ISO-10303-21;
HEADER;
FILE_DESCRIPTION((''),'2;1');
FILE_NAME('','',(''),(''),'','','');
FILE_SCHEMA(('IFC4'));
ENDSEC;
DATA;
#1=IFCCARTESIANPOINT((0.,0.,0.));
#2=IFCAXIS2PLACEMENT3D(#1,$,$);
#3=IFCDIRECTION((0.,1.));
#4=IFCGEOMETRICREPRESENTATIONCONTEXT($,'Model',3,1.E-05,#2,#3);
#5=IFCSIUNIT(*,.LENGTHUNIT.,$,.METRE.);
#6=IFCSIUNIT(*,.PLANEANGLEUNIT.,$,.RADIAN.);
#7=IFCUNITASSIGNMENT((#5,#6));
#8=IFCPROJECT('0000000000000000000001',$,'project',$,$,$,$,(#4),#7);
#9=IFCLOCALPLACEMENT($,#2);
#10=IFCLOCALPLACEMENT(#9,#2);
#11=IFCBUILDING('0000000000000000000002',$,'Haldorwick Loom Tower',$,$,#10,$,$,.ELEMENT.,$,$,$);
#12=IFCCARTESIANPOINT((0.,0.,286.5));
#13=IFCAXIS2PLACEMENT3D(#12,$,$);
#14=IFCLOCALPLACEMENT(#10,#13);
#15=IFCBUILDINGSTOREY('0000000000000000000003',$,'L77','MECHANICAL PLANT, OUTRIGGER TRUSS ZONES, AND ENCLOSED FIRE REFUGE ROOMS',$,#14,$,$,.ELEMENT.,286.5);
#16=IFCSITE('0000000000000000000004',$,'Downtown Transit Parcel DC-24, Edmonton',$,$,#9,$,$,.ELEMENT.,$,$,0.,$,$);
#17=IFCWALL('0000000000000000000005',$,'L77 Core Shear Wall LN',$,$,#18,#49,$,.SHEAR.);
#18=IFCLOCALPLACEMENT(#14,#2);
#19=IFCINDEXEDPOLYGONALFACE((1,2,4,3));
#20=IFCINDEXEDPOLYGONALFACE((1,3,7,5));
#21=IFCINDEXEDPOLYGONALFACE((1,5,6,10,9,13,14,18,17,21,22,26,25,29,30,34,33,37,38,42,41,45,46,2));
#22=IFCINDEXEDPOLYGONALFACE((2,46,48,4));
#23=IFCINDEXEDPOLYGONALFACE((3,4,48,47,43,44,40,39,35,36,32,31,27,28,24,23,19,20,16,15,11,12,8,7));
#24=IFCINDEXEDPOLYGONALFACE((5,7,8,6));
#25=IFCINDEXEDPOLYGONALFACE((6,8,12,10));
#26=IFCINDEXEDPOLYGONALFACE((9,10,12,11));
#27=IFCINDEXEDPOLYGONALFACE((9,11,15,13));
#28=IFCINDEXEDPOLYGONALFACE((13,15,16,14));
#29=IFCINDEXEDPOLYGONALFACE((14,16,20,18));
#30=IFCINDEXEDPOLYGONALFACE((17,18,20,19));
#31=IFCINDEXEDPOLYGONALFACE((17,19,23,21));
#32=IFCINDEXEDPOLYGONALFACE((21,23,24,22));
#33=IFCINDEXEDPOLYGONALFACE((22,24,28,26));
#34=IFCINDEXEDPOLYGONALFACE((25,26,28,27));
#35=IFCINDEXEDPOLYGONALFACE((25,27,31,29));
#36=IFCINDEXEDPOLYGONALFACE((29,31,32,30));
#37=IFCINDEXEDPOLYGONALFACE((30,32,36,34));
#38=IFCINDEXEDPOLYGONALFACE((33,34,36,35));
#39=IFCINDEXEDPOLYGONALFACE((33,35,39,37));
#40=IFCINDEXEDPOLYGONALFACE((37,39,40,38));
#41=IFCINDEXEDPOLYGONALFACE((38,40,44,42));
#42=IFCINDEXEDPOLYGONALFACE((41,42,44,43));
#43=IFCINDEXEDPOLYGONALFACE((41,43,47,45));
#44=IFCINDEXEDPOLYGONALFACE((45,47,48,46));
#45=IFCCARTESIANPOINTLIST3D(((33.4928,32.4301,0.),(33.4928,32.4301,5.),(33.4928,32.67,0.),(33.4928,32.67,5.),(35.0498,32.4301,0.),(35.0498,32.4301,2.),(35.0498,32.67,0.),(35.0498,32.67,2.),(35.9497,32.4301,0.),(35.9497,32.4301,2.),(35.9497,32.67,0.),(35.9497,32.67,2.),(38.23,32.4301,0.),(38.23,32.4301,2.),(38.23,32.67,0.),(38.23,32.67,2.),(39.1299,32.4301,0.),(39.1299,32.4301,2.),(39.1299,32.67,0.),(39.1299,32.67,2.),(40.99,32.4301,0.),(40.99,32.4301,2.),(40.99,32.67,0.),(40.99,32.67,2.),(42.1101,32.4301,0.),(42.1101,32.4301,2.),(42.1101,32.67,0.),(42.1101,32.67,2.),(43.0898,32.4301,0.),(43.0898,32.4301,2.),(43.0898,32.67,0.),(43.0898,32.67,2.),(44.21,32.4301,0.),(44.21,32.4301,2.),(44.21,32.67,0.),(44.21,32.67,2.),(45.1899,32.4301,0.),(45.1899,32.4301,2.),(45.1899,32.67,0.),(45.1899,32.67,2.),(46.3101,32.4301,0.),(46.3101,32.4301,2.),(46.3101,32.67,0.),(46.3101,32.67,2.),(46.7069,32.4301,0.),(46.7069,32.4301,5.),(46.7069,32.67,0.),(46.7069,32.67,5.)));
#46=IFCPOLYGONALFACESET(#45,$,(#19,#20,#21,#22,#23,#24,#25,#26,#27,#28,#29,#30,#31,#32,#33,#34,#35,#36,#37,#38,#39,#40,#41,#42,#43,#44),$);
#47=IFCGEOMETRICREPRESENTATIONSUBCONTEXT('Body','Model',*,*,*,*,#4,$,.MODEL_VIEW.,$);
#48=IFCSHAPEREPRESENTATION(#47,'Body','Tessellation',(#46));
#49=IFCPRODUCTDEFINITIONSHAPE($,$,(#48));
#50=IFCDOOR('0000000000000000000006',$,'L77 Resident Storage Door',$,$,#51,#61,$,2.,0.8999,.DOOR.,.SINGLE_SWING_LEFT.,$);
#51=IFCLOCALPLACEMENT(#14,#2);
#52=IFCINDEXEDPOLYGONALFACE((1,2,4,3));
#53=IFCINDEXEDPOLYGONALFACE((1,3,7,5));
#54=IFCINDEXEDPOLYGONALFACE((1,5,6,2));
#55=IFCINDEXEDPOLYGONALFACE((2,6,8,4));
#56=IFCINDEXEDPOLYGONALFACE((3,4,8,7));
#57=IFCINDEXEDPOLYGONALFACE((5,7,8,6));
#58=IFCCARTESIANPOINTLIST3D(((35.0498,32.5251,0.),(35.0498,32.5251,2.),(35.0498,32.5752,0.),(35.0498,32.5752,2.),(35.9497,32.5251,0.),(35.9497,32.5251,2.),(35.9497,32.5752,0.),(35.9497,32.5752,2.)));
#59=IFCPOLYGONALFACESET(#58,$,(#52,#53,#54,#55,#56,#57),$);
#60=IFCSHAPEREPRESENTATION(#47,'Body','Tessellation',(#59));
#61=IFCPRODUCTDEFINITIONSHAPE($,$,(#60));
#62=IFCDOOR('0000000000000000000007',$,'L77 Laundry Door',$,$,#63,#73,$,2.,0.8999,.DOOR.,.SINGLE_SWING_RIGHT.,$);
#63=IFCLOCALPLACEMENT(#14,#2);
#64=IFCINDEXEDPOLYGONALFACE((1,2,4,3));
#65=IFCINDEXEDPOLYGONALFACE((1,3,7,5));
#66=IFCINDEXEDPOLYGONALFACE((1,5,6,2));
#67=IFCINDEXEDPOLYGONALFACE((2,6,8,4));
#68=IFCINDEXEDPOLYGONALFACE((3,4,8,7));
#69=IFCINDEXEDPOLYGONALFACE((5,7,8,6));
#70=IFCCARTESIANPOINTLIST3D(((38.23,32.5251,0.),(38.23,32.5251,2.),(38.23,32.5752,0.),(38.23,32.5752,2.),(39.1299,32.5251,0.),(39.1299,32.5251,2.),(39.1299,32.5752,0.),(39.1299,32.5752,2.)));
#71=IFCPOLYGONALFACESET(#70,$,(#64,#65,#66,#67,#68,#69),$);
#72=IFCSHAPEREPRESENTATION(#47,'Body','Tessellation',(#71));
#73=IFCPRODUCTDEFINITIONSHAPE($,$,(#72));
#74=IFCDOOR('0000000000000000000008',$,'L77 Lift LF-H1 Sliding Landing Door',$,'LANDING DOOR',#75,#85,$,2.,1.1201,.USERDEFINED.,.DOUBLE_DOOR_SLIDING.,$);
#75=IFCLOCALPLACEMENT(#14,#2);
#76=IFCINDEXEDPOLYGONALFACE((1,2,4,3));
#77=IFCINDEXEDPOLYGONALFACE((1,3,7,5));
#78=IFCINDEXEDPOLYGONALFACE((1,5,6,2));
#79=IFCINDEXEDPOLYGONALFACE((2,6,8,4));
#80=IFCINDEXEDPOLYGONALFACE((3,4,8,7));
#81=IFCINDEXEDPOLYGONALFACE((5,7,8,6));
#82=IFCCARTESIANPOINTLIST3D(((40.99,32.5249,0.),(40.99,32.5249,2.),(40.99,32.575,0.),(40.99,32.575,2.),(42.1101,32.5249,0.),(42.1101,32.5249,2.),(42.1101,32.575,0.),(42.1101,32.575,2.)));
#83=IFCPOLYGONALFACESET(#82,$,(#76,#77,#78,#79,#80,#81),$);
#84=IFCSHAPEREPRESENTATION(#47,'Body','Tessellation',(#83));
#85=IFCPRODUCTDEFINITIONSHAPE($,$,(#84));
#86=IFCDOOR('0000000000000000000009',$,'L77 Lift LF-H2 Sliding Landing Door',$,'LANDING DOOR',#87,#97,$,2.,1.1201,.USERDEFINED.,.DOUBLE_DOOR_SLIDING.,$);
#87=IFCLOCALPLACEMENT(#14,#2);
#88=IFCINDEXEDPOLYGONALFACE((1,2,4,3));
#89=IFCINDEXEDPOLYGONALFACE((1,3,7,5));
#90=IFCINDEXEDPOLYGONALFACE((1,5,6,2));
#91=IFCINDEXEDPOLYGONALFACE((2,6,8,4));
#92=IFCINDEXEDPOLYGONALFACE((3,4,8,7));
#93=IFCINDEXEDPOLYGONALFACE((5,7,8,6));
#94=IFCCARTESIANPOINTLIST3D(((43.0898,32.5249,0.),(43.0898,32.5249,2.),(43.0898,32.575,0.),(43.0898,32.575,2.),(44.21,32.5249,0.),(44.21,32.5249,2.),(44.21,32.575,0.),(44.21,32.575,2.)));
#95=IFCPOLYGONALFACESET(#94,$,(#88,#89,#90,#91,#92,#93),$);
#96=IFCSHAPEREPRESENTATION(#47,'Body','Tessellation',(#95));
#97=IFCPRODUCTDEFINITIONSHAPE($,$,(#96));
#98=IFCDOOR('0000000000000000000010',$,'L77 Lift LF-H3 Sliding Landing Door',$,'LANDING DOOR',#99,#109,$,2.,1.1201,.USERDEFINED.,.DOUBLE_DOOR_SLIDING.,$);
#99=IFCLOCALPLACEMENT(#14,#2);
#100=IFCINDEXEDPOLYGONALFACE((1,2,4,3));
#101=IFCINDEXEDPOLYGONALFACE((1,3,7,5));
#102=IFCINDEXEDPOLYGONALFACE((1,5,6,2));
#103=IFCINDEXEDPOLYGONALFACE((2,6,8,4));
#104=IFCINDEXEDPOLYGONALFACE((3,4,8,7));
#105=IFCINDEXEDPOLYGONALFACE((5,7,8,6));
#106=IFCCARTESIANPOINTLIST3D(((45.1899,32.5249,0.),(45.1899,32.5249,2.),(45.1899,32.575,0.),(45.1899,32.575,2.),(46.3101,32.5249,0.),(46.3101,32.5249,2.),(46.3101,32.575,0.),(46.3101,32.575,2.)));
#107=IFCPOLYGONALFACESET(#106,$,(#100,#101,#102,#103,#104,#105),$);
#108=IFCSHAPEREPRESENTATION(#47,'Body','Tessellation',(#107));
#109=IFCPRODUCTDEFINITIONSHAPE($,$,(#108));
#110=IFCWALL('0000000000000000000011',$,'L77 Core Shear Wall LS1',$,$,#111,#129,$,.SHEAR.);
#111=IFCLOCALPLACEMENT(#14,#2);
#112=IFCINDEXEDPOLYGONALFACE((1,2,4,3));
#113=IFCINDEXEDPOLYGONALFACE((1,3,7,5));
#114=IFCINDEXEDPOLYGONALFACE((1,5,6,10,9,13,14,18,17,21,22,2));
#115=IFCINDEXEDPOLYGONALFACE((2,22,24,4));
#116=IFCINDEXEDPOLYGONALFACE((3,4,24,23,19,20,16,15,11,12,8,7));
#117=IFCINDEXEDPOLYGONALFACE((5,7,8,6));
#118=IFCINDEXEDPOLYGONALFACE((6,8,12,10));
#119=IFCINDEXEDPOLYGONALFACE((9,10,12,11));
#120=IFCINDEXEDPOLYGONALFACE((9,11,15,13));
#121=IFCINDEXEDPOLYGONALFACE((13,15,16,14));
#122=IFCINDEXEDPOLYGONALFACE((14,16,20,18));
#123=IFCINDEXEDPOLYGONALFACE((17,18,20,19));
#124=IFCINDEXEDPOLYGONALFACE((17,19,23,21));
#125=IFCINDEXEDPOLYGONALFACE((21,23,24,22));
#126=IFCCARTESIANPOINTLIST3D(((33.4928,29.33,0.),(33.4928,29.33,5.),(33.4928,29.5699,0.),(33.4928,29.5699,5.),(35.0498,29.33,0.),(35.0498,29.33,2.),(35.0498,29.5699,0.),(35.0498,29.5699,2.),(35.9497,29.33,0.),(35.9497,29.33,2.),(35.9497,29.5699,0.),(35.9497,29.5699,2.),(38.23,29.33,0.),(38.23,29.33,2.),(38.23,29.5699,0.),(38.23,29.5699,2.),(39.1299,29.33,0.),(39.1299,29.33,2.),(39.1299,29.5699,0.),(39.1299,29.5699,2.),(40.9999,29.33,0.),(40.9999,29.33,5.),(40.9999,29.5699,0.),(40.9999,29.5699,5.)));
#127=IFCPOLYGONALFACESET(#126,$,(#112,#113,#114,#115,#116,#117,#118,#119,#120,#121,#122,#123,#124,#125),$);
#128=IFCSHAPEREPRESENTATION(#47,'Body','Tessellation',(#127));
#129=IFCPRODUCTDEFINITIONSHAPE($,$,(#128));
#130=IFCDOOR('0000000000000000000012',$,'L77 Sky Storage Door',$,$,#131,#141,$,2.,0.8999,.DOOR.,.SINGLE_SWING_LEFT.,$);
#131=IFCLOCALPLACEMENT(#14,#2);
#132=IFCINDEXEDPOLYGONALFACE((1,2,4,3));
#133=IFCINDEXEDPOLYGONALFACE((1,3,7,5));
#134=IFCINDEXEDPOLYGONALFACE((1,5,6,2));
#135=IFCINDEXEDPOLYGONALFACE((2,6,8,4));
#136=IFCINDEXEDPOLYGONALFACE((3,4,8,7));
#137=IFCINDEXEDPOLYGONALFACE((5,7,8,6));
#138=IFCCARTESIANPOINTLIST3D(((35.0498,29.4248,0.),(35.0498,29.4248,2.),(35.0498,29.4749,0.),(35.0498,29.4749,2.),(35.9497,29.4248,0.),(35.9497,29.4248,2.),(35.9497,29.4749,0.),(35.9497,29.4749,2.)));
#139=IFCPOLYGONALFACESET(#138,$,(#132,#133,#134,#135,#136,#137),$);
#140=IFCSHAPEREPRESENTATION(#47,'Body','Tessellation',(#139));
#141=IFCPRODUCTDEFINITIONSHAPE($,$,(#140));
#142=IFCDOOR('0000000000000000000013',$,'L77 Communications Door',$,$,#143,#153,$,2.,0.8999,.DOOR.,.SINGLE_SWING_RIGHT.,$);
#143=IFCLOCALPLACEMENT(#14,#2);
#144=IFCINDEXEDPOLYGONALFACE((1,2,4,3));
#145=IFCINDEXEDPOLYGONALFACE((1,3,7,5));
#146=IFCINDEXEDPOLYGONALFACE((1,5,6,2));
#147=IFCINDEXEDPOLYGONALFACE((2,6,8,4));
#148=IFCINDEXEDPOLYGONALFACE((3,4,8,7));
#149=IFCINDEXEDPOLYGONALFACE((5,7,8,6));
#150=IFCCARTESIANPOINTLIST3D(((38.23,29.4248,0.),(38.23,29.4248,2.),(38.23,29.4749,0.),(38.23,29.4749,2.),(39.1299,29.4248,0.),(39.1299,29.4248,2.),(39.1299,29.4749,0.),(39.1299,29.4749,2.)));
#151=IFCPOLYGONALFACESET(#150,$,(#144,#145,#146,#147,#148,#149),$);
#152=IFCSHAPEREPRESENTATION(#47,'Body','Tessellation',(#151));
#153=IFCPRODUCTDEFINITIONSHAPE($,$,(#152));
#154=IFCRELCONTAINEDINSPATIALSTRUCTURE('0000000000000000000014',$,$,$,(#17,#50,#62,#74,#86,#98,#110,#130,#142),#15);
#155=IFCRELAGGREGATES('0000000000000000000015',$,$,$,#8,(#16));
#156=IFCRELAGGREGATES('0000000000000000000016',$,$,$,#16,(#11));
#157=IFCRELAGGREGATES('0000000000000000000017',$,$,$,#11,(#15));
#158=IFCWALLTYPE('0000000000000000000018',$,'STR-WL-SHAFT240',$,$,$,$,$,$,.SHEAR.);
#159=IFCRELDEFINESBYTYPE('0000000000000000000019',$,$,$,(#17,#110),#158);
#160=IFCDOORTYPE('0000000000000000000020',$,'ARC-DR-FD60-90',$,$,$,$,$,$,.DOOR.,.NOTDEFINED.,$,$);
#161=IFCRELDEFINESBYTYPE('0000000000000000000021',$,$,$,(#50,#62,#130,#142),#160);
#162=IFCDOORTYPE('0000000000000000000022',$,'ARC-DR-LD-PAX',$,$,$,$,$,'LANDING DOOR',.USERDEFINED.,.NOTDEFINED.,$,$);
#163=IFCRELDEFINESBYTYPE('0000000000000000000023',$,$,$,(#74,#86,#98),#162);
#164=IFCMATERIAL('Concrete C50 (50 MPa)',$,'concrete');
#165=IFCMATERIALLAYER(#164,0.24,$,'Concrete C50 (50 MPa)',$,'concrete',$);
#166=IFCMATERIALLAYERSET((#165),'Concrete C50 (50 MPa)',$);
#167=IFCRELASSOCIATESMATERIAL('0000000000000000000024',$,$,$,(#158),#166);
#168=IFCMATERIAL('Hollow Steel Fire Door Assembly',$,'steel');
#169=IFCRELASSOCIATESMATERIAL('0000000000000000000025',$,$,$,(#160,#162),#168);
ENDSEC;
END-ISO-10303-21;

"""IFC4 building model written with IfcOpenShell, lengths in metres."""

from ifc_helpers import new_model, si_unit, direction, frame, frame_2d, origin, place, context, subcontext, project, spatial, rectangle, extrude, material, layer, layer_set, type_object, element, fill, save


model = new_model("IFC4")

# Units and contexts
model_context = context("Model", 3, precision=1e-05, world=origin(), true_north=direction((0.0, 1.0)))
body_context = subcontext(model_context, "Body", "Model", "MODEL_VIEW")
ifc_project = project(units=[si_unit("LENGTHUNIT", "METRE"), si_unit("PLANEANGLEUNIT", "RADIAN")], contexts=[model_context])

# Site, building, storey
site_placement = place(None, origin())
site = spatial("IfcSite", under=ifc_project, at=site_placement, Name="Downtown Transit Parcel DC-24, Edmonton", CompositionType="ELEMENT", RefElevation=0.0)
building_placement = place(site_placement, origin())
building = spatial("IfcBuilding", under=site, at=building_placement, Name="Haldorwick Loom Tower", CompositionType="ELEMENT")
storey_placement = place(building_placement, frame((0.0, 0.0, 286.5)))
storey = spatial("IfcBuildingStorey", under=building, at=storey_placement, Name="L77", Description="MECHANICAL PLANT, OUTRIGGER TRUSS ZONES, AND ENCLOSED FIRE REFUGE ROOMS", CompositionType="ELEMENT", Elevation=286.5)

# Shared definitions
ifc_material_1 = material(Name="Concrete C50 (50 MPa)", Category="concrete")
ifc_layer_1 = layer(ifc_material_1, 0.24, Name="Concrete C50 (50 MPa)", Category="concrete")
ifc_layer_set_1 = layer_set([ifc_layer_1], Name="Concrete C50 (50 MPa)")
wall_type_1 = type_object("IfcWallType", Name="STR-WL-SHAFT240", PredefinedType="SHEAR", material=ifc_layer_set_1)

# Walls, openings, doors
wall_1_placement = place(storey_placement, frame((33.4929, 32.55, 0.0), z_axis=(0.0, 0.0, 1.0), x_axis=(1.0, 0.0, 0.0)))
wall_1 = element("IfcWall", 1, at=wall_1_placement, inside=storey, type_object=wall_type_1, Name="L77 Core Shear Wall LN", PredefinedType="SHEAR", context=body_context, shape_type="SweptSolid", body=[
    extrude(rectangle(XDim=13.2141, YDim=0.24, at=frame_2d((6.6069, 0.0))), origin(), (0.0, 0.0, 1.0), 5.0),
])
opening_1_placement = place(wall_1_placement, frame((1.5569, 0.0, 0.0)))
opening_1 = element("IfcOpeningElement", 2, at=opening_1_placement, cuts=wall_1, PredefinedType="OPENING", context=body_context, shape_type="SweptSolid", body=[
    extrude(rectangle(XDim=0.8999, YDim=2.0, at=frame_2d((0.45, 1.0))), frame((0.0, 0.1299, 0.0), z_axis=(0.0, -1.0, 0.0), x_axis=(1.0, 0.0, 0.0)), (0.0, 0.0, 1.0), 0.26),
])
opening_2_placement = place(wall_1_placement, frame((4.7371, 0.0, 0.0)))
opening_2 = element("IfcOpeningElement", 3, at=opening_2_placement, cuts=wall_1, PredefinedType="OPENING", context=body_context, shape_type="SweptSolid", body=[
    extrude(rectangle(XDim=0.8999, YDim=2.0, at=frame_2d((0.45, 1.0))), frame((0.0, 0.1299, 0.0), z_axis=(0.0, -1.0, 0.0), x_axis=(1.0, 0.0, 0.0)), (0.0, 0.0, 1.0), 0.26),
])
opening_3_placement = place(wall_1_placement, frame((7.4971, 0.0, 0.0)))
opening_3 = element("IfcOpeningElement", 4, at=opening_3_placement, cuts=wall_1, PredefinedType="OPENING", context=body_context, shape_type="SweptSolid", body=[
    extrude(rectangle(XDim=1.1201, YDim=2.0, at=frame_2d((0.5601, 1.0))), frame((0.0, 0.1299, 0.0), z_axis=(0.0, -1.0, 0.0), x_axis=(1.0, 0.0, 0.0)), (0.0, 0.0, 1.0), 0.26),
])
opening_4_placement = place(wall_1_placement, frame((9.5969, 0.0, 0.0)))
opening_4 = element("IfcOpeningElement", 5, at=opening_4_placement, cuts=wall_1, PredefinedType="OPENING", context=body_context, shape_type="SweptSolid", body=[
    extrude(rectangle(XDim=1.1201, YDim=2.0, at=frame_2d((0.5601, 1.0))), frame((0.0, 0.1299, 0.0), z_axis=(0.0, -1.0, 0.0), x_axis=(1.0, 0.0, 0.0)), (0.0, 0.0, 1.0), 0.26),
])
opening_5_placement = place(wall_1_placement, frame((11.697, 0.0, 0.0)))
opening_5 = element("IfcOpeningElement", 6, at=opening_5_placement, cuts=wall_1, PredefinedType="OPENING", context=body_context, shape_type="SweptSolid", body=[
    extrude(rectangle(XDim=1.1201, YDim=2.0, at=frame_2d((0.5601, 1.0))), frame((0.0, 0.1299, 0.0), z_axis=(0.0, -1.0, 0.0), x_axis=(1.0, 0.0, 0.0)), (0.0, 0.0, 1.0), 0.26),
])
ifc_material_2 = material(Name="Hollow Steel Fire Door Assembly", Category="steel")
door_type_1 = type_object("IfcDoorType", Name="ARC-DR-FD60-90", OperationType="NOTDEFINED", PredefinedType="DOOR", material=ifc_material_2)
door_1_placement = place(opening_1_placement, frame((0.8999, 0.0, 0.0), z_axis=(0.0, 0.0, 1.0), x_axis=(-1.0, 0.0, 0.0)))
door_1 = element("IfcDoor", 7, at=door_1_placement, inside=storey, type_object=door_type_1, Name="L77 Resident Storage Door", OperationType="SINGLE_SWING_LEFT", OverallHeight=2.0, OverallWidth=0.8999, PredefinedType="DOOR", context=body_context, shape_type="SweptSolid", body=[
    extrude(rectangle(XDim=0.8999, YDim=2.0, at=frame_2d((0.45, 1.0))), frame((0.0, 0.0249, 0.0), z_axis=(0.0, -1.0, 0.0), x_axis=(1.0, 0.0, 0.0)), (0.0, 0.0, 1.0), 0.05),
])
fill(opening_1, door_1)
door_2_placement = place(opening_2_placement, frame((0.8999, 0.0, 0.0), z_axis=(0.0, 0.0, 1.0), x_axis=(-1.0, 0.0, 0.0)))
door_2 = element("IfcDoor", 8, at=door_2_placement, inside=storey, type_object=door_type_1, Name="L77 Laundry Door", OperationType="SINGLE_SWING_RIGHT", OverallHeight=2.0, OverallWidth=0.8999, PredefinedType="DOOR", context=body_context, shape_type="SweptSolid", body=[
    extrude(rectangle(XDim=0.8999, YDim=2.0, at=frame_2d((0.45, 1.0))), frame((0.0, 0.0249, 0.0), z_axis=(0.0, -1.0, 0.0), x_axis=(1.0, 0.0, 0.0)), (0.0, 0.0, 1.0), 0.05),
])
fill(opening_2, door_2)
door_type_2 = type_object("IfcDoorType", Name="ARC-DR-LD-PAX", ElementType="LANDING DOOR", OperationType="NOTDEFINED", PredefinedType="USERDEFINED", material=ifc_material_2)
door_3_placement = place(opening_3_placement, origin())
door_3 = element("IfcDoor", 9, at=door_3_placement, inside=storey, type_object=door_type_2, Name="L77 Lift LF-H1 Sliding Landing Door", ObjectType="LANDING DOOR", OperationType="DOUBLE_DOOR_SLIDING", OverallHeight=2.0, OverallWidth=1.1201, PredefinedType="USERDEFINED", context=body_context, shape_type="SweptSolid", body=[
    extrude(rectangle(XDim=1.1201, YDim=2.0, at=frame_2d((0.5601, 1.0))), frame((0.0, 0.0249, 0.0), z_axis=(0.0, -1.0, 0.0), x_axis=(1.0, 0.0, 0.0)), (0.0, 0.0, 1.0), 0.05),
])
fill(opening_3, door_3)
door_4_placement = place(opening_4_placement, origin())
door_4 = element("IfcDoor", 10, at=door_4_placement, inside=storey, type_object=door_type_2, Name="L77 Lift LF-H2 Sliding Landing Door", ObjectType="LANDING DOOR", OperationType="DOUBLE_DOOR_SLIDING", OverallHeight=2.0, OverallWidth=1.1201, PredefinedType="USERDEFINED", context=body_context, shape_type="SweptSolid", body=[
    extrude(rectangle(XDim=1.1201, YDim=2.0, at=frame_2d((0.5601, 1.0))), frame((0.0, 0.0249, 0.0), z_axis=(0.0, -1.0, 0.0), x_axis=(1.0, 0.0, 0.0)), (0.0, 0.0, 1.0), 0.05),
])
fill(opening_4, door_4)
door_5_placement = place(opening_5_placement, origin())
door_5 = element("IfcDoor", 11, at=door_5_placement, inside=storey, type_object=door_type_2, Name="L77 Lift LF-H3 Sliding Landing Door", ObjectType="LANDING DOOR", OperationType="DOUBLE_DOOR_SLIDING", OverallHeight=2.0, OverallWidth=1.1201, PredefinedType="USERDEFINED", context=body_context, shape_type="SweptSolid", body=[
    extrude(rectangle(XDim=1.1201, YDim=2.0, at=frame_2d((0.5601, 1.0))), frame((0.0, 0.0249, 0.0), z_axis=(0.0, -1.0, 0.0), x_axis=(1.0, 0.0, 0.0)), (0.0, 0.0, 1.0), 0.05),
])
fill(opening_5, door_5)
wall_2_placement = place(storey_placement, frame((33.4929, 29.45, 0.0), z_axis=(0.0, 0.0, 1.0), x_axis=(1.0, 0.0, 0.0)))
wall_2 = element("IfcWall", 12, at=wall_2_placement, inside=storey, type_object=wall_type_1, Name="L77 Core Shear Wall LS1", PredefinedType="SHEAR", context=body_context, shape_type="SweptSolid", body=[
    extrude(rectangle(XDim=7.5071, YDim=0.24, at=frame_2d((3.7534, 0.0))), origin(), (0.0, 0.0, 1.0), 5.0),
])
opening_6_placement = place(wall_2_placement, frame((1.5569, 0.0, 0.0)))
opening_6 = element("IfcOpeningElement", 13, at=opening_6_placement, cuts=wall_2, PredefinedType="OPENING", context=body_context, shape_type="SweptSolid", body=[
    extrude(rectangle(XDim=0.8999, YDim=2.0, at=frame_2d((0.45, 1.0))), frame((0.0, 0.1299, 0.0), z_axis=(0.0, -1.0, 0.0), x_axis=(1.0, 0.0, 0.0)), (0.0, 0.0, 1.0), 0.26),
])
opening_7_placement = place(wall_2_placement, frame((4.7371, 0.0, 0.0)))
opening_7 = element("IfcOpeningElement", 14, at=opening_7_placement, cuts=wall_2, PredefinedType="OPENING", context=body_context, shape_type="SweptSolid", body=[
    extrude(rectangle(XDim=0.8999, YDim=2.0, at=frame_2d((0.45, 1.0))), frame((0.0, 0.1299, 0.0), z_axis=(0.0, -1.0, 0.0), x_axis=(1.0, 0.0, 0.0)), (0.0, 0.0, 1.0), 0.26),
])
door_6_placement = place(opening_6_placement, origin())
door_6 = element("IfcDoor", 15, at=door_6_placement, inside=storey, type_object=door_type_1, Name="L77 Sky Storage Door", OperationType="SINGLE_SWING_LEFT", OverallHeight=2.0, OverallWidth=0.8999, PredefinedType="DOOR", context=body_context, shape_type="SweptSolid", body=[
    extrude(rectangle(XDim=0.8999, YDim=2.0, at=frame_2d((0.45, 1.0))), frame((0.0, 0.0249, 0.0), z_axis=(0.0, -1.0, 0.0), x_axis=(1.0, 0.0, 0.0)), (0.0, 0.0, 1.0), 0.05),
])
fill(opening_6, door_6)
door_7_placement = place(opening_7_placement, origin())
door_7 = element("IfcDoor", 16, at=door_7_placement, inside=storey, type_object=door_type_1, Name="L77 Communications Door", OperationType="SINGLE_SWING_RIGHT", OverallHeight=2.0, OverallWidth=0.8999, PredefinedType="DOOR", context=body_context, shape_type="SweptSolid", body=[
    extrude(rectangle(XDim=0.8999, YDim=2.0, at=frame_2d((0.45, 1.0))), frame((0.0, 0.0249, 0.0), z_axis=(0.0, -1.0, 0.0), x_axis=(1.0, 0.0, 0.0)), (0.0, 0.0, 1.0), 0.05),
])
fill(opening_7, door_7)

save(model, "model.ifc")
